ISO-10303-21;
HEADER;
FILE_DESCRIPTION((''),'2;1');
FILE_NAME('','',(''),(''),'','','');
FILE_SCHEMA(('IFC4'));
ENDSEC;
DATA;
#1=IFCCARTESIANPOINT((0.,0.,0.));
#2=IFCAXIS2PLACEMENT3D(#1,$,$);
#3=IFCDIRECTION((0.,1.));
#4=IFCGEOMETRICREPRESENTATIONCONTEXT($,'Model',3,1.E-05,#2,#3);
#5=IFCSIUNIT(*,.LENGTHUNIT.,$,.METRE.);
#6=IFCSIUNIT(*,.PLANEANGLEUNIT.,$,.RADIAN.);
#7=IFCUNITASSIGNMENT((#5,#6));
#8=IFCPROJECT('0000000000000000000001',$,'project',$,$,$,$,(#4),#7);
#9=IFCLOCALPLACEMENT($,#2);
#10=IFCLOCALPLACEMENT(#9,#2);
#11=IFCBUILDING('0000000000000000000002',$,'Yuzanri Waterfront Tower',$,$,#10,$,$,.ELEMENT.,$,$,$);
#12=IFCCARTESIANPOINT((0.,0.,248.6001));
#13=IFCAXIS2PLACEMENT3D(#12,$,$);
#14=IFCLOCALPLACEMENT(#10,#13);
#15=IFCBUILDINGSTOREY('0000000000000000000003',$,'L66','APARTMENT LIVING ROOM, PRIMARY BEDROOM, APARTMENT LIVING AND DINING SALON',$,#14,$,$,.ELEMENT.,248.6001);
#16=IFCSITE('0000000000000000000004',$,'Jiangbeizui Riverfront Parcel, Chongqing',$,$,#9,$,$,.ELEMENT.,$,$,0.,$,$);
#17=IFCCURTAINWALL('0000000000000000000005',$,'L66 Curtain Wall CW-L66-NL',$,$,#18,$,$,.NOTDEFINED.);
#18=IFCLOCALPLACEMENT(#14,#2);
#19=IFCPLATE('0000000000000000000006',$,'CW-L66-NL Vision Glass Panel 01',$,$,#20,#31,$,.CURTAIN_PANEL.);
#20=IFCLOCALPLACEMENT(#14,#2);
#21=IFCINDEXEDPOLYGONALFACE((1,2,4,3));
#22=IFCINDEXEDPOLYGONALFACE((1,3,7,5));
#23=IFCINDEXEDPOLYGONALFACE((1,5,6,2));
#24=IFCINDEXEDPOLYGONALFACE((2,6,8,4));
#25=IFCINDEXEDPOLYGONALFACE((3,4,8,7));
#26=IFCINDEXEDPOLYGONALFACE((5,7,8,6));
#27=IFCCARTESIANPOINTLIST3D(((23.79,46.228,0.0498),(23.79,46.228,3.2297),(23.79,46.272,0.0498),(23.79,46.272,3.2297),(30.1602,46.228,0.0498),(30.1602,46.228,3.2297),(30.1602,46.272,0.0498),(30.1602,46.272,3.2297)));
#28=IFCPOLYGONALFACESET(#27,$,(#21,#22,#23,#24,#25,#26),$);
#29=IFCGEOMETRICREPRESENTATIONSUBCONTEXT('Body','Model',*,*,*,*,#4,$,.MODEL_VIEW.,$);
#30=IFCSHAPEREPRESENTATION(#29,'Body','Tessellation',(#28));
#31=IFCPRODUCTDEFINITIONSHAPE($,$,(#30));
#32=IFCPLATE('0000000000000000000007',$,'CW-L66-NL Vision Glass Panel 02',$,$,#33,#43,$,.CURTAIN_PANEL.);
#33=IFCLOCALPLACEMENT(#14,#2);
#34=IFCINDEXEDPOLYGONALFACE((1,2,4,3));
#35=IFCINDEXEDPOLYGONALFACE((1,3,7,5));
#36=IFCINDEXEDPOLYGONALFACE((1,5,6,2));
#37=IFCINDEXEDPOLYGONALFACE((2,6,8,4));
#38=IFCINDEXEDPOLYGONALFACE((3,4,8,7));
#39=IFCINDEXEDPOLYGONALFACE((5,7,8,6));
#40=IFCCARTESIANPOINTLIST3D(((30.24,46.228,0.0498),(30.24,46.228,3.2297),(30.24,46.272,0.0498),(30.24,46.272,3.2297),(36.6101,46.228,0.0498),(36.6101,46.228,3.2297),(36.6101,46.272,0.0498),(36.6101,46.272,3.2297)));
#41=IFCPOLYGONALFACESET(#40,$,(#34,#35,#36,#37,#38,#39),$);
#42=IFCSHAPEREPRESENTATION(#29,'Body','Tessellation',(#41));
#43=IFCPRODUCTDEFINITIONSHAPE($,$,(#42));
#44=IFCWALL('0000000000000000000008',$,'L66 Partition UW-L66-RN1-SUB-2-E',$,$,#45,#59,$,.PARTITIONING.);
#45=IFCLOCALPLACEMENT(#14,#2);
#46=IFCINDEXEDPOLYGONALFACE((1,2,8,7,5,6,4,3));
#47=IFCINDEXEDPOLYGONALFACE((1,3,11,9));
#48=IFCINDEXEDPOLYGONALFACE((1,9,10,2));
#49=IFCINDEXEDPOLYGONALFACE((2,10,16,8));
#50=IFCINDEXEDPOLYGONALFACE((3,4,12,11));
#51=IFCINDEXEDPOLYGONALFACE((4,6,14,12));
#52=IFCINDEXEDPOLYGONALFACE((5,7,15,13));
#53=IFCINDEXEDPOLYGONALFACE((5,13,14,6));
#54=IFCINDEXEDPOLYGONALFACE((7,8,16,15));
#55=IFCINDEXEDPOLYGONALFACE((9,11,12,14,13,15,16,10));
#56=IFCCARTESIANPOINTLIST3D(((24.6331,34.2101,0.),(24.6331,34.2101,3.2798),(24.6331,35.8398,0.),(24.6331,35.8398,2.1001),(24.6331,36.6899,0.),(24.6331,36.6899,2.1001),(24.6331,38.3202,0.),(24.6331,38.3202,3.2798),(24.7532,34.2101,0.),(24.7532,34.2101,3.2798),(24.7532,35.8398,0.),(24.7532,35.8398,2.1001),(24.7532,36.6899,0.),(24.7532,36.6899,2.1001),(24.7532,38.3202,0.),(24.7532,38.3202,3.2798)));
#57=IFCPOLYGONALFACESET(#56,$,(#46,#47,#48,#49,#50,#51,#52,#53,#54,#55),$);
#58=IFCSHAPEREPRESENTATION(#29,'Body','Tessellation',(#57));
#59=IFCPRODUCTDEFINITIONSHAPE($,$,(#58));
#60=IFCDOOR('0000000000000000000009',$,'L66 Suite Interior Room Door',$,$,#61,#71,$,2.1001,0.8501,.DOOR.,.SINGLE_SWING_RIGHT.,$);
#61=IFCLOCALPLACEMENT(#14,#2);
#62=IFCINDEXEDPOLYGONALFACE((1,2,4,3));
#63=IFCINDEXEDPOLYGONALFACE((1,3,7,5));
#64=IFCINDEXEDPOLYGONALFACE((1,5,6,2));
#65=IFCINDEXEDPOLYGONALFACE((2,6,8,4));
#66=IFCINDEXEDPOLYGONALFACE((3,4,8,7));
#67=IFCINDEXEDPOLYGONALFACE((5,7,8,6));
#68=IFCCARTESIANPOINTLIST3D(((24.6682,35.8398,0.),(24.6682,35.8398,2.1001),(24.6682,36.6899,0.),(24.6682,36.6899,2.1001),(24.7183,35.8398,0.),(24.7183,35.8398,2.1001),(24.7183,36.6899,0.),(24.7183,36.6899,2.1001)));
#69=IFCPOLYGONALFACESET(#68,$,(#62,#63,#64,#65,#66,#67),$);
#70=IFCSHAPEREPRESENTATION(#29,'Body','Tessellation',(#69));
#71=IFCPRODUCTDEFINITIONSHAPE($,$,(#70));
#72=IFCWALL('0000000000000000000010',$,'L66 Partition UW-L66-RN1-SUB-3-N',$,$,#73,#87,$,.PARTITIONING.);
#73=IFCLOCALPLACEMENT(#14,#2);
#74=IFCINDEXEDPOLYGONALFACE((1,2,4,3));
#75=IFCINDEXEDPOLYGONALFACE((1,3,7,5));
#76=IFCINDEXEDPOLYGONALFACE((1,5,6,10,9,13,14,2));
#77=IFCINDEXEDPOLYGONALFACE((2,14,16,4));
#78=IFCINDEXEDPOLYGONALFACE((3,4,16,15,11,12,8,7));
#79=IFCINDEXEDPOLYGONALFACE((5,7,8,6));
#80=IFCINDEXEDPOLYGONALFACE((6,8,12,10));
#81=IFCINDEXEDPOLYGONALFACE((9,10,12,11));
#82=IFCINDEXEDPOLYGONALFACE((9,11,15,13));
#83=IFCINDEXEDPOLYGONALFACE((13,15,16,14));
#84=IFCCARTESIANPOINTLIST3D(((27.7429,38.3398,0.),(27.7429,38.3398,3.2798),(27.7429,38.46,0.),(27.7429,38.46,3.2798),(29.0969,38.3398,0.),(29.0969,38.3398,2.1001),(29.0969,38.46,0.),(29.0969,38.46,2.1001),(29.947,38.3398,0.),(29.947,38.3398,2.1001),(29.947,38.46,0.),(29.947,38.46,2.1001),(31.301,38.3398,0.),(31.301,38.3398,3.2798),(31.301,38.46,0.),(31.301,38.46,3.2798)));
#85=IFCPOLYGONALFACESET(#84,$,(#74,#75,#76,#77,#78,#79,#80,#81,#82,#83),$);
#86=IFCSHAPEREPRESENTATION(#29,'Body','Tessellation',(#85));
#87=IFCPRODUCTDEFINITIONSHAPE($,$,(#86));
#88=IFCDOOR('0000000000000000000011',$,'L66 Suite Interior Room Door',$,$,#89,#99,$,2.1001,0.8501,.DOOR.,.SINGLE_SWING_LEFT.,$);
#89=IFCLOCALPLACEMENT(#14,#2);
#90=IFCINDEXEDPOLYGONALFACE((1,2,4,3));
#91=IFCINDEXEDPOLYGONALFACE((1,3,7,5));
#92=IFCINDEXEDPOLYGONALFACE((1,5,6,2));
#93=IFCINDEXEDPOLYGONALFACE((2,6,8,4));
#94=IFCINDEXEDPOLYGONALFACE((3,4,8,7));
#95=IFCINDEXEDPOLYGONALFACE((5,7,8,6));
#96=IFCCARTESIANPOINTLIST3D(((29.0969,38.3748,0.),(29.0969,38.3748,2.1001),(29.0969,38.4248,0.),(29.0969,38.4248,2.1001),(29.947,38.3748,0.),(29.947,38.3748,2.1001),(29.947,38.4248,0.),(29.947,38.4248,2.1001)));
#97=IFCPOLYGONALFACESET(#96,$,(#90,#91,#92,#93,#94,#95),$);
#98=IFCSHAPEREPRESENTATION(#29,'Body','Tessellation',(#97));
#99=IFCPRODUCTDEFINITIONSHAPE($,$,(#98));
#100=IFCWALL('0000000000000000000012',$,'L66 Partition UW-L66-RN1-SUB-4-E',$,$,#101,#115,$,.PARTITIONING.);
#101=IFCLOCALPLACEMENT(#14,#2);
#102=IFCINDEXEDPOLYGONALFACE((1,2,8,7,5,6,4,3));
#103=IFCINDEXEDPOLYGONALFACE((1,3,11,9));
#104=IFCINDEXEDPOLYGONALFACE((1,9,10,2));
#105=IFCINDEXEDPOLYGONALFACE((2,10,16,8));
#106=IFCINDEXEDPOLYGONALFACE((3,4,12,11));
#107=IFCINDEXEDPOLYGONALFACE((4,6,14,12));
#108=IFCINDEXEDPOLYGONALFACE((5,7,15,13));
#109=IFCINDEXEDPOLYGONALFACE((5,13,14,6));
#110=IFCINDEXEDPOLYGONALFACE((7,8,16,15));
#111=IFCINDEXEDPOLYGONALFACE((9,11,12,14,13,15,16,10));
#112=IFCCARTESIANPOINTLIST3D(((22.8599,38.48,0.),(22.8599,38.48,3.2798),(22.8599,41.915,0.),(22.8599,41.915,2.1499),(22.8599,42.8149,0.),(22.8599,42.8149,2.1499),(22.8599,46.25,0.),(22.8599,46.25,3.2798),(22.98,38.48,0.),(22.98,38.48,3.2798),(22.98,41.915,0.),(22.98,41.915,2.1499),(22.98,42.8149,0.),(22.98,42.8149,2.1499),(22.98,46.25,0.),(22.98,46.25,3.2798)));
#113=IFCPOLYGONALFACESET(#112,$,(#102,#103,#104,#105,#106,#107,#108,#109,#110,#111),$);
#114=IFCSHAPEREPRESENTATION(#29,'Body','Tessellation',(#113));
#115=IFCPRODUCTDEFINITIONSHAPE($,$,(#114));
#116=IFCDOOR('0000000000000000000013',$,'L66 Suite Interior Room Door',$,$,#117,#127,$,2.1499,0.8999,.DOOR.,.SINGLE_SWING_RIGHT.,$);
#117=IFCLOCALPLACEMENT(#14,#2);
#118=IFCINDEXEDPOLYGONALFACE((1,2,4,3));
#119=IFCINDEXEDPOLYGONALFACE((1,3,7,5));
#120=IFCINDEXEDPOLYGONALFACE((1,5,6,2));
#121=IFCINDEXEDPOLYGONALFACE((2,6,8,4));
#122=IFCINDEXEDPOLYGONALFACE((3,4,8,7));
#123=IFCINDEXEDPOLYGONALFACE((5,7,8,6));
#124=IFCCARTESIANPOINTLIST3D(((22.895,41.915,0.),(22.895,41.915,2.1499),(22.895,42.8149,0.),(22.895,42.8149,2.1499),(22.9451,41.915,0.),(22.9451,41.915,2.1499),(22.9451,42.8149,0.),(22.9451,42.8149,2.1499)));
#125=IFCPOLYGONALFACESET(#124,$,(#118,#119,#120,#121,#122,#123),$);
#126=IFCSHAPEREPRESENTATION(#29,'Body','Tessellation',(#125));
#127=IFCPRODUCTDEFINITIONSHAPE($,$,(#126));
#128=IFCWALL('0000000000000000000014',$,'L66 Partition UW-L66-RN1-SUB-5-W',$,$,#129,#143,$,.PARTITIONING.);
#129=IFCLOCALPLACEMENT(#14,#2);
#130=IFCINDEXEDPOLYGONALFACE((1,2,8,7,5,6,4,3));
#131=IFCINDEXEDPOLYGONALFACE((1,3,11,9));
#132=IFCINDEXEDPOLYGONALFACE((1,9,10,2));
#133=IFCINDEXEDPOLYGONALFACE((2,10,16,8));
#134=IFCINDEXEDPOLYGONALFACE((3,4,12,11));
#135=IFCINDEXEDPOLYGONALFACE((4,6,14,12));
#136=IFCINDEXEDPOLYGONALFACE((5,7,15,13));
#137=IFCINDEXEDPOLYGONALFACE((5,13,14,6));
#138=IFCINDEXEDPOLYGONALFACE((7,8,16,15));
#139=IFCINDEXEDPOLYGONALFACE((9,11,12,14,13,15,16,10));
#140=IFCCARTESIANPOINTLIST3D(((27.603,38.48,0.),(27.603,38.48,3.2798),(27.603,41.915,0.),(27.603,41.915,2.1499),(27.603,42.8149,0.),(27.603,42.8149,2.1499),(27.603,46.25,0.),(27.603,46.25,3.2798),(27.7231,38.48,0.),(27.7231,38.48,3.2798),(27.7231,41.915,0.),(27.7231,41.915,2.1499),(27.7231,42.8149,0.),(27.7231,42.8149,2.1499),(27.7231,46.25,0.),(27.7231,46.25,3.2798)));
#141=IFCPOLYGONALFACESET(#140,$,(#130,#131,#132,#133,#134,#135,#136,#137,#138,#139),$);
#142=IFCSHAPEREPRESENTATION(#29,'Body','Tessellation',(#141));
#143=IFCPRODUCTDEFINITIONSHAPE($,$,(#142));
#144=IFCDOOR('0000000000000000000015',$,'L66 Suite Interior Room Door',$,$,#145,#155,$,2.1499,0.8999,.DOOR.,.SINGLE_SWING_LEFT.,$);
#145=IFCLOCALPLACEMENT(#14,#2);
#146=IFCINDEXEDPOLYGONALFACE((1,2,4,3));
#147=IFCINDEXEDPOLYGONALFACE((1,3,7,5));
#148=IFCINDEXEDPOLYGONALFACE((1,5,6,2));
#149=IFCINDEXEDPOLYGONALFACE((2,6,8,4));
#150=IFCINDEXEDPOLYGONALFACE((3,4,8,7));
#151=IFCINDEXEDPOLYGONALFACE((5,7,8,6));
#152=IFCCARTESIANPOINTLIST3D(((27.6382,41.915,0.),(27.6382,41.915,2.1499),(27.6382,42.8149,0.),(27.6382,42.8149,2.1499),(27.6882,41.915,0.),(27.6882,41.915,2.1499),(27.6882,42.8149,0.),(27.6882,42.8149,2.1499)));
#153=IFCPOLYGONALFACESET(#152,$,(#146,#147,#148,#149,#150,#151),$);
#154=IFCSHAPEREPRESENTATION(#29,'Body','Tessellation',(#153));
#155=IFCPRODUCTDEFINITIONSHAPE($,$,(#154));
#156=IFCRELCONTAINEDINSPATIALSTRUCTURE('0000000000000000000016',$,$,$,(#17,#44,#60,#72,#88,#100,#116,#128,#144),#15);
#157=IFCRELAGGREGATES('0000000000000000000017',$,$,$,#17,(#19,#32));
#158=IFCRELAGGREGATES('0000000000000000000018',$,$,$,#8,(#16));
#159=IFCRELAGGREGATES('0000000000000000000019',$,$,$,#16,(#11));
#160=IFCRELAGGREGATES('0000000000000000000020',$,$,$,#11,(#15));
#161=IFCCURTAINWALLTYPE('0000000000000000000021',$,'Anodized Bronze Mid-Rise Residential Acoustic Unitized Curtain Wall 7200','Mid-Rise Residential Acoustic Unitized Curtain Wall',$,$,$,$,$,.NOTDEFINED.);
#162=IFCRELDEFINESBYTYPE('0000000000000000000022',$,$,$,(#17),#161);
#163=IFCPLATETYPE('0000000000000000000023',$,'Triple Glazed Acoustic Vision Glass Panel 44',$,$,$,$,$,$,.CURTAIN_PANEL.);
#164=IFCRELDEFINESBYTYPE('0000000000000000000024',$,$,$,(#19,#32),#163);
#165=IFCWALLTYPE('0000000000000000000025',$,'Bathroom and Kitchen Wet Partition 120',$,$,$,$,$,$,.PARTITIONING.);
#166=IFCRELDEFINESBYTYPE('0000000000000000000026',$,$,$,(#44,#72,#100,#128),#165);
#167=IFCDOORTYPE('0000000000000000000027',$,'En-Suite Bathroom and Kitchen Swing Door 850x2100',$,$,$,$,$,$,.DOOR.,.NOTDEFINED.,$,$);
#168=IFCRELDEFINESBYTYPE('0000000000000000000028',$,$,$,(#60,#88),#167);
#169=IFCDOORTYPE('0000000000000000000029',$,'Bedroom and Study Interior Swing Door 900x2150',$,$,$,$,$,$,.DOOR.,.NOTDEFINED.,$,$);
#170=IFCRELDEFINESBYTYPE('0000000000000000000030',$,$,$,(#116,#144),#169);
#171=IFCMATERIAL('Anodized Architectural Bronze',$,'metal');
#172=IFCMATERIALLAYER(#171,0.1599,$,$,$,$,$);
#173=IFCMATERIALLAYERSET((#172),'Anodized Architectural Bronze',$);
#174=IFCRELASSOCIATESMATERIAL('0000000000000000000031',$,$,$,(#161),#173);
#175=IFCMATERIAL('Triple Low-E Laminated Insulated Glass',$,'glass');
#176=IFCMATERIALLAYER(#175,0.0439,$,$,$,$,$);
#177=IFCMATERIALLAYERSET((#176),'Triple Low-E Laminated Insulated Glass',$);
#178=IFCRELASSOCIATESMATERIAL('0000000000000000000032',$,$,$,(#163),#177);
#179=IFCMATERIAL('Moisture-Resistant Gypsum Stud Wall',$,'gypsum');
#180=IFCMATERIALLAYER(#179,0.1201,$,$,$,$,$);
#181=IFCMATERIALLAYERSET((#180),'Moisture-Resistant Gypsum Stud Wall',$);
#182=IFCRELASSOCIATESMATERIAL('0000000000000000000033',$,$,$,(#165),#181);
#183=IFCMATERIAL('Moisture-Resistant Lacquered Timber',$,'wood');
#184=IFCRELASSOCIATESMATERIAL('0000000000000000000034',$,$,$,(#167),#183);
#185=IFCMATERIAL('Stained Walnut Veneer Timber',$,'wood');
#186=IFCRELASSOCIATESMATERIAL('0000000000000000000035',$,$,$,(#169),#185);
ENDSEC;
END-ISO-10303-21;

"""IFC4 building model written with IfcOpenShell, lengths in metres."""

from ifc_helpers import new_model, si_unit, direction, frame, frame_2d, origin, origin_2d, place, context, subcontext, project, spatial, rectangle, extrude, source, transform, mapped, material, layer, layer_set, type_object, element, fill, aggregate, save


model = new_model("IFC4")

# Units and contexts
model_context = context("Model", 3, precision=1e-05, world=origin(), true_north=direction((0.0, 1.0)))
body_context = subcontext(model_context, "Body", "Model", "MODEL_VIEW")
ifc_project = project(units=[si_unit("LENGTHUNIT", "METRE"), si_unit("PLANEANGLEUNIT", "RADIAN")], contexts=[model_context])

# Site, building, storey
site_placement = place(None, origin())
site = spatial("IfcSite", under=ifc_project, at=site_placement, Name="Jiangbeizui Riverfront Parcel, Chongqing", CompositionType="ELEMENT", RefElevation=0.0)
building_placement = place(site_placement, origin())
building = spatial("IfcBuilding", under=site, at=building_placement, Name="Yuzanri Waterfront Tower", CompositionType="ELEMENT")
storey_placement = place(building_placement, frame((0.0, 0.0, 248.6001)))
storey = spatial("IfcBuildingStorey", under=building, at=storey_placement, Name="L66", Description="APARTMENT LIVING ROOM, PRIMARY BEDROOM, APARTMENT LIVING AND DINING SALON", CompositionType="ELEMENT", Elevation=248.6001)

# Curtain wall, plates
ifc_material_1 = material(Name="Anodized Architectural Bronze", Category="metal")
ifc_layer_1 = layer(ifc_material_1, 0.1599)
ifc_layer_set_1 = layer_set([ifc_layer_1], Name="Anodized Architectural Bronze")
curtain_wall_type = type_object("IfcCurtainWallType", Name="Anodized Bronze Mid-Rise Residential Acoustic Unitized Curtain Wall 7200", Description="Mid-Rise Residential Acoustic Unitized Curtain Wall", PredefinedType="NOTDEFINED", material=ifc_layer_set_1)
curtain_wall_placement = place(storey_placement, origin())
curtain_wall = element("IfcCurtainWall", 1, at=curtain_wall_placement, inside=storey, type_object=curtain_wall_type, Name="L66 Curtain Wall CW-L66-NL", PredefinedType="NOTDEFINED")
ifc_material_2 = material(Name="Triple Low-E Laminated Insulated Glass", Category="glass")
ifc_layer_2 = layer(ifc_material_2, 0.0439)
ifc_layer_set_2 = layer_set([ifc_layer_2], Name="Triple Low-E Laminated Insulated Glass")
plate_type = type_object("IfcPlateType", Name="Triple Glazed Acoustic Vision Glass Panel 44", PredefinedType="CURTAIN_PANEL", material=ifc_layer_set_2)
shared_shape_1 = source(origin(), body_context, "Body", "SweptSolid", [
    extrude(rectangle(XDim=6.3701, YDim=0.0439, at=origin_2d()), origin(), (0.0, 0.0, 1.0), 3.1799),
])
plate_1_placement = place(storey_placement, frame((26.9751, 46.25, 0.0498), z_axis=(0.0, 0.0, 1.0), x_axis=(1.0, 0.0, 0.0)))
plate_1 = element("IfcPlate", 2, at=plate_1_placement, type_object=plate_type, Name="CW-L66-NL Vision Glass Panel 01", PredefinedType="CURTAIN_PANEL", context=body_context, shape_type="MappedRepresentation", body=[
    mapped(shared_shape_1, transform((0.0, 0.0, 0.0), scale=1.0)),
])
plate_2_placement = place(storey_placement, frame((33.425, 46.25, 0.0498), z_axis=(0.0, 0.0, 1.0), x_axis=(1.0, 0.0, 0.0)))
plate_2 = element("IfcPlate", 3, at=plate_2_placement, type_object=plate_type, Name="CW-L66-NL Vision Glass Panel 02", PredefinedType="CURTAIN_PANEL", context=body_context, shape_type="MappedRepresentation", body=[
    mapped(shared_shape_1, transform((0.0, 0.0, 0.0), scale=1.0)),
])
aggregate(curtain_wall, [plate_1, plate_2])

# Walls, openings, doors
ifc_material_3 = material(Name="Moisture-Resistant Gypsum Stud Wall", Category="gypsum")
ifc_layer_3 = layer(ifc_material_3, 0.1201)
ifc_layer_set_3 = layer_set([ifc_layer_3], Name="Moisture-Resistant Gypsum Stud Wall")
wall_type_1 = type_object("IfcWallType", Name="Bathroom and Kitchen Wet Partition 120", PredefinedType="PARTITIONING", material=ifc_layer_set_3)
wall_1_placement = place(storey_placement, frame((24.6931, 34.21, 0.0), z_axis=(0.0, 0.0, 1.0), x_axis=(0.0, 1.0, 0.0)))
wall_1 = element("IfcWall", 4, at=wall_1_placement, inside=storey, type_object=wall_type_1, Name="L66 Partition UW-L66-RN1-SUB-2-E", PredefinedType="PARTITIONING", context=body_context, shape_type="SweptSolid", body=[
    extrude(rectangle(XDim=4.1101, YDim=0.1201, at=frame_2d((2.0552, 0.0))), origin(), (0.0, 0.0, 1.0), 3.2798),
])
opening_1_placement = place(wall_1_placement, frame((1.6299, 0.0, 0.0)))
opening_1 = element("IfcOpeningElement", 5, at=opening_1_placement, cuts=wall_1, PredefinedType="OPENING", context=body_context, shape_type="SweptSolid", body=[
    extrude(rectangle(XDim=0.8501, YDim=2.1001, at=frame_2d((0.425, 1.05))), frame((0.0, 0.075, 0.0), z_axis=(0.0, -1.0, 0.0), x_axis=(1.0, 0.0, 0.0)), (0.0, 0.0, 1.0), 0.1499),
])
ifc_material_4 = material(Name="Moisture-Resistant Lacquered Timber", Category="wood")
door_type_1 = type_object("IfcDoorType", Name="En-Suite Bathroom and Kitchen Swing Door 850x2100", OperationType="NOTDEFINED", PredefinedType="DOOR", material=ifc_material_4)
shared_shape_2 = source(origin(), body_context, "Body", "SweptSolid", [
    extrude(rectangle(XDim=0.8501, YDim=2.1001, at=frame_2d((0.425, 1.05))), frame((0.0, 0.0249, 0.0), z_axis=(0.0, -1.0, 0.0), x_axis=(1.0, 0.0, 0.0)), (0.0, 0.0, 1.0), 0.05),
])
door_1_placement = place(opening_1_placement, origin())
door_1 = element("IfcDoor", 6, at=door_1_placement, inside=storey, type_object=door_type_1, Name="L66 Suite Interior Room Door", OperationType="SINGLE_SWING_RIGHT", OverallHeight=2.1001, OverallWidth=0.8501, PredefinedType="DOOR", context=body_context, shape_type="MappedRepresentation", body=[
    mapped(shared_shape_2, transform((0.0, 0.0, 0.0), scale=1.0)),
])
fill(opening_1, door_1)
wall_2_placement = place(storey_placement, frame((27.7429, 38.3999, 0.0), z_axis=(0.0, 0.0, 1.0), x_axis=(1.0, 0.0, 0.0)))
wall_2 = element("IfcWall", 7, at=wall_2_placement, inside=storey, type_object=wall_type_1, Name="L66 Partition UW-L66-RN1-SUB-3-N", PredefinedType="PARTITIONING", context=body_context, shape_type="SweptSolid", body=[
    extrude(rectangle(XDim=3.5581, YDim=0.1201, at=frame_2d((1.7791, 0.0))), origin(), (0.0, 0.0, 1.0), 3.2798),
])
opening_2_placement = place(wall_2_placement, frame((1.354, 0.0, 0.0)))
opening_2 = element("IfcOpeningElement", 8, at=opening_2_placement, cuts=wall_2, PredefinedType="OPENING", context=body_context, shape_type="SweptSolid", body=[
    extrude(rectangle(XDim=0.8501, YDim=2.1001, at=frame_2d((0.425, 1.05))), frame((0.0, 0.075, 0.0), z_axis=(0.0, -1.0, 0.0), x_axis=(1.0, 0.0, 0.0)), (0.0, 0.0, 1.0), 0.1499),
])
door_2_placement = place(opening_2_placement, origin())
door_2 = element("IfcDoor", 9, at=door_2_placement, inside=storey, type_object=door_type_1, Name="L66 Suite Interior Room Door", OperationType="SINGLE_SWING_LEFT", OverallHeight=2.1001, OverallWidth=0.8501, PredefinedType="DOOR", context=body_context, shape_type="MappedRepresentation", body=[
    mapped(shared_shape_2, transform((0.0, 0.0, 0.0), scale=1.0)),
])
fill(opening_2, door_2)
wall_3_placement = place(storey_placement, frame((22.9199, 38.48, 0.0), z_axis=(0.0, 0.0, 1.0), x_axis=(0.0, 1.0, 0.0)))
wall_3 = element("IfcWall", 10, at=wall_3_placement, inside=storey, type_object=wall_type_1, Name="L66 Partition UW-L66-RN1-SUB-4-E", PredefinedType="PARTITIONING", context=body_context, shape_type="SweptSolid", body=[
    extrude(rectangle(XDim=7.77, YDim=0.1201, at=frame_2d((3.885, 0.0))), origin(), (0.0, 0.0, 1.0), 3.2798),
])
opening_3_placement = place(wall_3_placement, frame((3.4351, 0.0, 0.0)))
opening_3 = element("IfcOpeningElement", 11, at=opening_3_placement, cuts=wall_3, PredefinedType="OPENING", context=body_context, shape_type="SweptSolid", body=[
    extrude(rectangle(XDim=0.8999, YDim=2.1499, at=frame_2d((0.45, 1.075))), frame((0.0, 0.075, 0.0), z_axis=(0.0, -1.0, 0.0), x_axis=(1.0, 0.0, 0.0)), (0.0, 0.0, 1.0), 0.1499),
])
ifc_material_5 = material(Name="Stained Walnut Veneer Timber", Category="wood")
door_type_2 = type_object("IfcDoorType", Name="Bedroom and Study Interior Swing Door 900x2150", OperationType="NOTDEFINED", PredefinedType="DOOR", material=ifc_material_5)
shared_shape_3 = source(origin(), body_context, "Body", "SweptSolid", [
    extrude(rectangle(XDim=0.8999, YDim=2.1499, at=frame_2d((0.45, 1.075))), frame((0.0, 0.0249, 0.0), z_axis=(0.0, -1.0, 0.0), x_axis=(1.0, 0.0, 0.0)), (0.0, 0.0, 1.0), 0.05),
])
door_3_placement = place(opening_3_placement, origin())
door_3 = element("IfcDoor", 12, at=door_3_placement, inside=storey, type_object=door_type_2, Name="L66 Suite Interior Room Door", OperationType="SINGLE_SWING_RIGHT", OverallHeight=2.1499, OverallWidth=0.8999, PredefinedType="DOOR", context=body_context, shape_type="MappedRepresentation", body=[
    mapped(shared_shape_3, transform((0.0, 0.0, 0.0), scale=1.0)),
])
fill(opening_3, door_3)
wall_4_placement = place(storey_placement, frame((27.6631, 38.48, 0.0), z_axis=(0.0, 0.0, 1.0), x_axis=(0.0, 1.0, 0.0)))
wall_4 = element("IfcWall", 13, at=wall_4_placement, inside=storey, type_object=wall_type_1, Name="L66 Partition UW-L66-RN1-SUB-5-W", PredefinedType="PARTITIONING", context=body_context, shape_type="SweptSolid", body=[
    extrude(rectangle(XDim=7.77, YDim=0.1201, at=frame_2d((3.885, 0.0))), origin(), (0.0, 0.0, 1.0), 3.2798),
])
opening_4_placement = place(wall_4_placement, frame((3.4351, 0.0, 0.0)))
opening_4 = element("IfcOpeningElement", 14, at=opening_4_placement, cuts=wall_4, PredefinedType="OPENING", context=body_context, shape_type="SweptSolid", body=[
    extrude(rectangle(XDim=0.8999, YDim=2.1499, at=frame_2d((0.45, 1.075))), frame((0.0, 0.075, 0.0), z_axis=(0.0, -1.0, 0.0), x_axis=(1.0, 0.0, 0.0)), (0.0, 0.0, 1.0), 0.1499),
])
door_4_placement = place(opening_4_placement, origin())
door_4 = element("IfcDoor", 15, at=door_4_placement, inside=storey, type_object=door_type_2, Name="L66 Suite Interior Room Door", OperationType="SINGLE_SWING_LEFT", OverallHeight=2.1499, OverallWidth=0.8999, PredefinedType="DOOR", context=body_context, shape_type="MappedRepresentation", body=[
    mapped(shared_shape_3, transform((0.0, 0.0, 0.0), scale=1.0)),
])
fill(opening_4, door_4)

save(model, "model.ifc")
